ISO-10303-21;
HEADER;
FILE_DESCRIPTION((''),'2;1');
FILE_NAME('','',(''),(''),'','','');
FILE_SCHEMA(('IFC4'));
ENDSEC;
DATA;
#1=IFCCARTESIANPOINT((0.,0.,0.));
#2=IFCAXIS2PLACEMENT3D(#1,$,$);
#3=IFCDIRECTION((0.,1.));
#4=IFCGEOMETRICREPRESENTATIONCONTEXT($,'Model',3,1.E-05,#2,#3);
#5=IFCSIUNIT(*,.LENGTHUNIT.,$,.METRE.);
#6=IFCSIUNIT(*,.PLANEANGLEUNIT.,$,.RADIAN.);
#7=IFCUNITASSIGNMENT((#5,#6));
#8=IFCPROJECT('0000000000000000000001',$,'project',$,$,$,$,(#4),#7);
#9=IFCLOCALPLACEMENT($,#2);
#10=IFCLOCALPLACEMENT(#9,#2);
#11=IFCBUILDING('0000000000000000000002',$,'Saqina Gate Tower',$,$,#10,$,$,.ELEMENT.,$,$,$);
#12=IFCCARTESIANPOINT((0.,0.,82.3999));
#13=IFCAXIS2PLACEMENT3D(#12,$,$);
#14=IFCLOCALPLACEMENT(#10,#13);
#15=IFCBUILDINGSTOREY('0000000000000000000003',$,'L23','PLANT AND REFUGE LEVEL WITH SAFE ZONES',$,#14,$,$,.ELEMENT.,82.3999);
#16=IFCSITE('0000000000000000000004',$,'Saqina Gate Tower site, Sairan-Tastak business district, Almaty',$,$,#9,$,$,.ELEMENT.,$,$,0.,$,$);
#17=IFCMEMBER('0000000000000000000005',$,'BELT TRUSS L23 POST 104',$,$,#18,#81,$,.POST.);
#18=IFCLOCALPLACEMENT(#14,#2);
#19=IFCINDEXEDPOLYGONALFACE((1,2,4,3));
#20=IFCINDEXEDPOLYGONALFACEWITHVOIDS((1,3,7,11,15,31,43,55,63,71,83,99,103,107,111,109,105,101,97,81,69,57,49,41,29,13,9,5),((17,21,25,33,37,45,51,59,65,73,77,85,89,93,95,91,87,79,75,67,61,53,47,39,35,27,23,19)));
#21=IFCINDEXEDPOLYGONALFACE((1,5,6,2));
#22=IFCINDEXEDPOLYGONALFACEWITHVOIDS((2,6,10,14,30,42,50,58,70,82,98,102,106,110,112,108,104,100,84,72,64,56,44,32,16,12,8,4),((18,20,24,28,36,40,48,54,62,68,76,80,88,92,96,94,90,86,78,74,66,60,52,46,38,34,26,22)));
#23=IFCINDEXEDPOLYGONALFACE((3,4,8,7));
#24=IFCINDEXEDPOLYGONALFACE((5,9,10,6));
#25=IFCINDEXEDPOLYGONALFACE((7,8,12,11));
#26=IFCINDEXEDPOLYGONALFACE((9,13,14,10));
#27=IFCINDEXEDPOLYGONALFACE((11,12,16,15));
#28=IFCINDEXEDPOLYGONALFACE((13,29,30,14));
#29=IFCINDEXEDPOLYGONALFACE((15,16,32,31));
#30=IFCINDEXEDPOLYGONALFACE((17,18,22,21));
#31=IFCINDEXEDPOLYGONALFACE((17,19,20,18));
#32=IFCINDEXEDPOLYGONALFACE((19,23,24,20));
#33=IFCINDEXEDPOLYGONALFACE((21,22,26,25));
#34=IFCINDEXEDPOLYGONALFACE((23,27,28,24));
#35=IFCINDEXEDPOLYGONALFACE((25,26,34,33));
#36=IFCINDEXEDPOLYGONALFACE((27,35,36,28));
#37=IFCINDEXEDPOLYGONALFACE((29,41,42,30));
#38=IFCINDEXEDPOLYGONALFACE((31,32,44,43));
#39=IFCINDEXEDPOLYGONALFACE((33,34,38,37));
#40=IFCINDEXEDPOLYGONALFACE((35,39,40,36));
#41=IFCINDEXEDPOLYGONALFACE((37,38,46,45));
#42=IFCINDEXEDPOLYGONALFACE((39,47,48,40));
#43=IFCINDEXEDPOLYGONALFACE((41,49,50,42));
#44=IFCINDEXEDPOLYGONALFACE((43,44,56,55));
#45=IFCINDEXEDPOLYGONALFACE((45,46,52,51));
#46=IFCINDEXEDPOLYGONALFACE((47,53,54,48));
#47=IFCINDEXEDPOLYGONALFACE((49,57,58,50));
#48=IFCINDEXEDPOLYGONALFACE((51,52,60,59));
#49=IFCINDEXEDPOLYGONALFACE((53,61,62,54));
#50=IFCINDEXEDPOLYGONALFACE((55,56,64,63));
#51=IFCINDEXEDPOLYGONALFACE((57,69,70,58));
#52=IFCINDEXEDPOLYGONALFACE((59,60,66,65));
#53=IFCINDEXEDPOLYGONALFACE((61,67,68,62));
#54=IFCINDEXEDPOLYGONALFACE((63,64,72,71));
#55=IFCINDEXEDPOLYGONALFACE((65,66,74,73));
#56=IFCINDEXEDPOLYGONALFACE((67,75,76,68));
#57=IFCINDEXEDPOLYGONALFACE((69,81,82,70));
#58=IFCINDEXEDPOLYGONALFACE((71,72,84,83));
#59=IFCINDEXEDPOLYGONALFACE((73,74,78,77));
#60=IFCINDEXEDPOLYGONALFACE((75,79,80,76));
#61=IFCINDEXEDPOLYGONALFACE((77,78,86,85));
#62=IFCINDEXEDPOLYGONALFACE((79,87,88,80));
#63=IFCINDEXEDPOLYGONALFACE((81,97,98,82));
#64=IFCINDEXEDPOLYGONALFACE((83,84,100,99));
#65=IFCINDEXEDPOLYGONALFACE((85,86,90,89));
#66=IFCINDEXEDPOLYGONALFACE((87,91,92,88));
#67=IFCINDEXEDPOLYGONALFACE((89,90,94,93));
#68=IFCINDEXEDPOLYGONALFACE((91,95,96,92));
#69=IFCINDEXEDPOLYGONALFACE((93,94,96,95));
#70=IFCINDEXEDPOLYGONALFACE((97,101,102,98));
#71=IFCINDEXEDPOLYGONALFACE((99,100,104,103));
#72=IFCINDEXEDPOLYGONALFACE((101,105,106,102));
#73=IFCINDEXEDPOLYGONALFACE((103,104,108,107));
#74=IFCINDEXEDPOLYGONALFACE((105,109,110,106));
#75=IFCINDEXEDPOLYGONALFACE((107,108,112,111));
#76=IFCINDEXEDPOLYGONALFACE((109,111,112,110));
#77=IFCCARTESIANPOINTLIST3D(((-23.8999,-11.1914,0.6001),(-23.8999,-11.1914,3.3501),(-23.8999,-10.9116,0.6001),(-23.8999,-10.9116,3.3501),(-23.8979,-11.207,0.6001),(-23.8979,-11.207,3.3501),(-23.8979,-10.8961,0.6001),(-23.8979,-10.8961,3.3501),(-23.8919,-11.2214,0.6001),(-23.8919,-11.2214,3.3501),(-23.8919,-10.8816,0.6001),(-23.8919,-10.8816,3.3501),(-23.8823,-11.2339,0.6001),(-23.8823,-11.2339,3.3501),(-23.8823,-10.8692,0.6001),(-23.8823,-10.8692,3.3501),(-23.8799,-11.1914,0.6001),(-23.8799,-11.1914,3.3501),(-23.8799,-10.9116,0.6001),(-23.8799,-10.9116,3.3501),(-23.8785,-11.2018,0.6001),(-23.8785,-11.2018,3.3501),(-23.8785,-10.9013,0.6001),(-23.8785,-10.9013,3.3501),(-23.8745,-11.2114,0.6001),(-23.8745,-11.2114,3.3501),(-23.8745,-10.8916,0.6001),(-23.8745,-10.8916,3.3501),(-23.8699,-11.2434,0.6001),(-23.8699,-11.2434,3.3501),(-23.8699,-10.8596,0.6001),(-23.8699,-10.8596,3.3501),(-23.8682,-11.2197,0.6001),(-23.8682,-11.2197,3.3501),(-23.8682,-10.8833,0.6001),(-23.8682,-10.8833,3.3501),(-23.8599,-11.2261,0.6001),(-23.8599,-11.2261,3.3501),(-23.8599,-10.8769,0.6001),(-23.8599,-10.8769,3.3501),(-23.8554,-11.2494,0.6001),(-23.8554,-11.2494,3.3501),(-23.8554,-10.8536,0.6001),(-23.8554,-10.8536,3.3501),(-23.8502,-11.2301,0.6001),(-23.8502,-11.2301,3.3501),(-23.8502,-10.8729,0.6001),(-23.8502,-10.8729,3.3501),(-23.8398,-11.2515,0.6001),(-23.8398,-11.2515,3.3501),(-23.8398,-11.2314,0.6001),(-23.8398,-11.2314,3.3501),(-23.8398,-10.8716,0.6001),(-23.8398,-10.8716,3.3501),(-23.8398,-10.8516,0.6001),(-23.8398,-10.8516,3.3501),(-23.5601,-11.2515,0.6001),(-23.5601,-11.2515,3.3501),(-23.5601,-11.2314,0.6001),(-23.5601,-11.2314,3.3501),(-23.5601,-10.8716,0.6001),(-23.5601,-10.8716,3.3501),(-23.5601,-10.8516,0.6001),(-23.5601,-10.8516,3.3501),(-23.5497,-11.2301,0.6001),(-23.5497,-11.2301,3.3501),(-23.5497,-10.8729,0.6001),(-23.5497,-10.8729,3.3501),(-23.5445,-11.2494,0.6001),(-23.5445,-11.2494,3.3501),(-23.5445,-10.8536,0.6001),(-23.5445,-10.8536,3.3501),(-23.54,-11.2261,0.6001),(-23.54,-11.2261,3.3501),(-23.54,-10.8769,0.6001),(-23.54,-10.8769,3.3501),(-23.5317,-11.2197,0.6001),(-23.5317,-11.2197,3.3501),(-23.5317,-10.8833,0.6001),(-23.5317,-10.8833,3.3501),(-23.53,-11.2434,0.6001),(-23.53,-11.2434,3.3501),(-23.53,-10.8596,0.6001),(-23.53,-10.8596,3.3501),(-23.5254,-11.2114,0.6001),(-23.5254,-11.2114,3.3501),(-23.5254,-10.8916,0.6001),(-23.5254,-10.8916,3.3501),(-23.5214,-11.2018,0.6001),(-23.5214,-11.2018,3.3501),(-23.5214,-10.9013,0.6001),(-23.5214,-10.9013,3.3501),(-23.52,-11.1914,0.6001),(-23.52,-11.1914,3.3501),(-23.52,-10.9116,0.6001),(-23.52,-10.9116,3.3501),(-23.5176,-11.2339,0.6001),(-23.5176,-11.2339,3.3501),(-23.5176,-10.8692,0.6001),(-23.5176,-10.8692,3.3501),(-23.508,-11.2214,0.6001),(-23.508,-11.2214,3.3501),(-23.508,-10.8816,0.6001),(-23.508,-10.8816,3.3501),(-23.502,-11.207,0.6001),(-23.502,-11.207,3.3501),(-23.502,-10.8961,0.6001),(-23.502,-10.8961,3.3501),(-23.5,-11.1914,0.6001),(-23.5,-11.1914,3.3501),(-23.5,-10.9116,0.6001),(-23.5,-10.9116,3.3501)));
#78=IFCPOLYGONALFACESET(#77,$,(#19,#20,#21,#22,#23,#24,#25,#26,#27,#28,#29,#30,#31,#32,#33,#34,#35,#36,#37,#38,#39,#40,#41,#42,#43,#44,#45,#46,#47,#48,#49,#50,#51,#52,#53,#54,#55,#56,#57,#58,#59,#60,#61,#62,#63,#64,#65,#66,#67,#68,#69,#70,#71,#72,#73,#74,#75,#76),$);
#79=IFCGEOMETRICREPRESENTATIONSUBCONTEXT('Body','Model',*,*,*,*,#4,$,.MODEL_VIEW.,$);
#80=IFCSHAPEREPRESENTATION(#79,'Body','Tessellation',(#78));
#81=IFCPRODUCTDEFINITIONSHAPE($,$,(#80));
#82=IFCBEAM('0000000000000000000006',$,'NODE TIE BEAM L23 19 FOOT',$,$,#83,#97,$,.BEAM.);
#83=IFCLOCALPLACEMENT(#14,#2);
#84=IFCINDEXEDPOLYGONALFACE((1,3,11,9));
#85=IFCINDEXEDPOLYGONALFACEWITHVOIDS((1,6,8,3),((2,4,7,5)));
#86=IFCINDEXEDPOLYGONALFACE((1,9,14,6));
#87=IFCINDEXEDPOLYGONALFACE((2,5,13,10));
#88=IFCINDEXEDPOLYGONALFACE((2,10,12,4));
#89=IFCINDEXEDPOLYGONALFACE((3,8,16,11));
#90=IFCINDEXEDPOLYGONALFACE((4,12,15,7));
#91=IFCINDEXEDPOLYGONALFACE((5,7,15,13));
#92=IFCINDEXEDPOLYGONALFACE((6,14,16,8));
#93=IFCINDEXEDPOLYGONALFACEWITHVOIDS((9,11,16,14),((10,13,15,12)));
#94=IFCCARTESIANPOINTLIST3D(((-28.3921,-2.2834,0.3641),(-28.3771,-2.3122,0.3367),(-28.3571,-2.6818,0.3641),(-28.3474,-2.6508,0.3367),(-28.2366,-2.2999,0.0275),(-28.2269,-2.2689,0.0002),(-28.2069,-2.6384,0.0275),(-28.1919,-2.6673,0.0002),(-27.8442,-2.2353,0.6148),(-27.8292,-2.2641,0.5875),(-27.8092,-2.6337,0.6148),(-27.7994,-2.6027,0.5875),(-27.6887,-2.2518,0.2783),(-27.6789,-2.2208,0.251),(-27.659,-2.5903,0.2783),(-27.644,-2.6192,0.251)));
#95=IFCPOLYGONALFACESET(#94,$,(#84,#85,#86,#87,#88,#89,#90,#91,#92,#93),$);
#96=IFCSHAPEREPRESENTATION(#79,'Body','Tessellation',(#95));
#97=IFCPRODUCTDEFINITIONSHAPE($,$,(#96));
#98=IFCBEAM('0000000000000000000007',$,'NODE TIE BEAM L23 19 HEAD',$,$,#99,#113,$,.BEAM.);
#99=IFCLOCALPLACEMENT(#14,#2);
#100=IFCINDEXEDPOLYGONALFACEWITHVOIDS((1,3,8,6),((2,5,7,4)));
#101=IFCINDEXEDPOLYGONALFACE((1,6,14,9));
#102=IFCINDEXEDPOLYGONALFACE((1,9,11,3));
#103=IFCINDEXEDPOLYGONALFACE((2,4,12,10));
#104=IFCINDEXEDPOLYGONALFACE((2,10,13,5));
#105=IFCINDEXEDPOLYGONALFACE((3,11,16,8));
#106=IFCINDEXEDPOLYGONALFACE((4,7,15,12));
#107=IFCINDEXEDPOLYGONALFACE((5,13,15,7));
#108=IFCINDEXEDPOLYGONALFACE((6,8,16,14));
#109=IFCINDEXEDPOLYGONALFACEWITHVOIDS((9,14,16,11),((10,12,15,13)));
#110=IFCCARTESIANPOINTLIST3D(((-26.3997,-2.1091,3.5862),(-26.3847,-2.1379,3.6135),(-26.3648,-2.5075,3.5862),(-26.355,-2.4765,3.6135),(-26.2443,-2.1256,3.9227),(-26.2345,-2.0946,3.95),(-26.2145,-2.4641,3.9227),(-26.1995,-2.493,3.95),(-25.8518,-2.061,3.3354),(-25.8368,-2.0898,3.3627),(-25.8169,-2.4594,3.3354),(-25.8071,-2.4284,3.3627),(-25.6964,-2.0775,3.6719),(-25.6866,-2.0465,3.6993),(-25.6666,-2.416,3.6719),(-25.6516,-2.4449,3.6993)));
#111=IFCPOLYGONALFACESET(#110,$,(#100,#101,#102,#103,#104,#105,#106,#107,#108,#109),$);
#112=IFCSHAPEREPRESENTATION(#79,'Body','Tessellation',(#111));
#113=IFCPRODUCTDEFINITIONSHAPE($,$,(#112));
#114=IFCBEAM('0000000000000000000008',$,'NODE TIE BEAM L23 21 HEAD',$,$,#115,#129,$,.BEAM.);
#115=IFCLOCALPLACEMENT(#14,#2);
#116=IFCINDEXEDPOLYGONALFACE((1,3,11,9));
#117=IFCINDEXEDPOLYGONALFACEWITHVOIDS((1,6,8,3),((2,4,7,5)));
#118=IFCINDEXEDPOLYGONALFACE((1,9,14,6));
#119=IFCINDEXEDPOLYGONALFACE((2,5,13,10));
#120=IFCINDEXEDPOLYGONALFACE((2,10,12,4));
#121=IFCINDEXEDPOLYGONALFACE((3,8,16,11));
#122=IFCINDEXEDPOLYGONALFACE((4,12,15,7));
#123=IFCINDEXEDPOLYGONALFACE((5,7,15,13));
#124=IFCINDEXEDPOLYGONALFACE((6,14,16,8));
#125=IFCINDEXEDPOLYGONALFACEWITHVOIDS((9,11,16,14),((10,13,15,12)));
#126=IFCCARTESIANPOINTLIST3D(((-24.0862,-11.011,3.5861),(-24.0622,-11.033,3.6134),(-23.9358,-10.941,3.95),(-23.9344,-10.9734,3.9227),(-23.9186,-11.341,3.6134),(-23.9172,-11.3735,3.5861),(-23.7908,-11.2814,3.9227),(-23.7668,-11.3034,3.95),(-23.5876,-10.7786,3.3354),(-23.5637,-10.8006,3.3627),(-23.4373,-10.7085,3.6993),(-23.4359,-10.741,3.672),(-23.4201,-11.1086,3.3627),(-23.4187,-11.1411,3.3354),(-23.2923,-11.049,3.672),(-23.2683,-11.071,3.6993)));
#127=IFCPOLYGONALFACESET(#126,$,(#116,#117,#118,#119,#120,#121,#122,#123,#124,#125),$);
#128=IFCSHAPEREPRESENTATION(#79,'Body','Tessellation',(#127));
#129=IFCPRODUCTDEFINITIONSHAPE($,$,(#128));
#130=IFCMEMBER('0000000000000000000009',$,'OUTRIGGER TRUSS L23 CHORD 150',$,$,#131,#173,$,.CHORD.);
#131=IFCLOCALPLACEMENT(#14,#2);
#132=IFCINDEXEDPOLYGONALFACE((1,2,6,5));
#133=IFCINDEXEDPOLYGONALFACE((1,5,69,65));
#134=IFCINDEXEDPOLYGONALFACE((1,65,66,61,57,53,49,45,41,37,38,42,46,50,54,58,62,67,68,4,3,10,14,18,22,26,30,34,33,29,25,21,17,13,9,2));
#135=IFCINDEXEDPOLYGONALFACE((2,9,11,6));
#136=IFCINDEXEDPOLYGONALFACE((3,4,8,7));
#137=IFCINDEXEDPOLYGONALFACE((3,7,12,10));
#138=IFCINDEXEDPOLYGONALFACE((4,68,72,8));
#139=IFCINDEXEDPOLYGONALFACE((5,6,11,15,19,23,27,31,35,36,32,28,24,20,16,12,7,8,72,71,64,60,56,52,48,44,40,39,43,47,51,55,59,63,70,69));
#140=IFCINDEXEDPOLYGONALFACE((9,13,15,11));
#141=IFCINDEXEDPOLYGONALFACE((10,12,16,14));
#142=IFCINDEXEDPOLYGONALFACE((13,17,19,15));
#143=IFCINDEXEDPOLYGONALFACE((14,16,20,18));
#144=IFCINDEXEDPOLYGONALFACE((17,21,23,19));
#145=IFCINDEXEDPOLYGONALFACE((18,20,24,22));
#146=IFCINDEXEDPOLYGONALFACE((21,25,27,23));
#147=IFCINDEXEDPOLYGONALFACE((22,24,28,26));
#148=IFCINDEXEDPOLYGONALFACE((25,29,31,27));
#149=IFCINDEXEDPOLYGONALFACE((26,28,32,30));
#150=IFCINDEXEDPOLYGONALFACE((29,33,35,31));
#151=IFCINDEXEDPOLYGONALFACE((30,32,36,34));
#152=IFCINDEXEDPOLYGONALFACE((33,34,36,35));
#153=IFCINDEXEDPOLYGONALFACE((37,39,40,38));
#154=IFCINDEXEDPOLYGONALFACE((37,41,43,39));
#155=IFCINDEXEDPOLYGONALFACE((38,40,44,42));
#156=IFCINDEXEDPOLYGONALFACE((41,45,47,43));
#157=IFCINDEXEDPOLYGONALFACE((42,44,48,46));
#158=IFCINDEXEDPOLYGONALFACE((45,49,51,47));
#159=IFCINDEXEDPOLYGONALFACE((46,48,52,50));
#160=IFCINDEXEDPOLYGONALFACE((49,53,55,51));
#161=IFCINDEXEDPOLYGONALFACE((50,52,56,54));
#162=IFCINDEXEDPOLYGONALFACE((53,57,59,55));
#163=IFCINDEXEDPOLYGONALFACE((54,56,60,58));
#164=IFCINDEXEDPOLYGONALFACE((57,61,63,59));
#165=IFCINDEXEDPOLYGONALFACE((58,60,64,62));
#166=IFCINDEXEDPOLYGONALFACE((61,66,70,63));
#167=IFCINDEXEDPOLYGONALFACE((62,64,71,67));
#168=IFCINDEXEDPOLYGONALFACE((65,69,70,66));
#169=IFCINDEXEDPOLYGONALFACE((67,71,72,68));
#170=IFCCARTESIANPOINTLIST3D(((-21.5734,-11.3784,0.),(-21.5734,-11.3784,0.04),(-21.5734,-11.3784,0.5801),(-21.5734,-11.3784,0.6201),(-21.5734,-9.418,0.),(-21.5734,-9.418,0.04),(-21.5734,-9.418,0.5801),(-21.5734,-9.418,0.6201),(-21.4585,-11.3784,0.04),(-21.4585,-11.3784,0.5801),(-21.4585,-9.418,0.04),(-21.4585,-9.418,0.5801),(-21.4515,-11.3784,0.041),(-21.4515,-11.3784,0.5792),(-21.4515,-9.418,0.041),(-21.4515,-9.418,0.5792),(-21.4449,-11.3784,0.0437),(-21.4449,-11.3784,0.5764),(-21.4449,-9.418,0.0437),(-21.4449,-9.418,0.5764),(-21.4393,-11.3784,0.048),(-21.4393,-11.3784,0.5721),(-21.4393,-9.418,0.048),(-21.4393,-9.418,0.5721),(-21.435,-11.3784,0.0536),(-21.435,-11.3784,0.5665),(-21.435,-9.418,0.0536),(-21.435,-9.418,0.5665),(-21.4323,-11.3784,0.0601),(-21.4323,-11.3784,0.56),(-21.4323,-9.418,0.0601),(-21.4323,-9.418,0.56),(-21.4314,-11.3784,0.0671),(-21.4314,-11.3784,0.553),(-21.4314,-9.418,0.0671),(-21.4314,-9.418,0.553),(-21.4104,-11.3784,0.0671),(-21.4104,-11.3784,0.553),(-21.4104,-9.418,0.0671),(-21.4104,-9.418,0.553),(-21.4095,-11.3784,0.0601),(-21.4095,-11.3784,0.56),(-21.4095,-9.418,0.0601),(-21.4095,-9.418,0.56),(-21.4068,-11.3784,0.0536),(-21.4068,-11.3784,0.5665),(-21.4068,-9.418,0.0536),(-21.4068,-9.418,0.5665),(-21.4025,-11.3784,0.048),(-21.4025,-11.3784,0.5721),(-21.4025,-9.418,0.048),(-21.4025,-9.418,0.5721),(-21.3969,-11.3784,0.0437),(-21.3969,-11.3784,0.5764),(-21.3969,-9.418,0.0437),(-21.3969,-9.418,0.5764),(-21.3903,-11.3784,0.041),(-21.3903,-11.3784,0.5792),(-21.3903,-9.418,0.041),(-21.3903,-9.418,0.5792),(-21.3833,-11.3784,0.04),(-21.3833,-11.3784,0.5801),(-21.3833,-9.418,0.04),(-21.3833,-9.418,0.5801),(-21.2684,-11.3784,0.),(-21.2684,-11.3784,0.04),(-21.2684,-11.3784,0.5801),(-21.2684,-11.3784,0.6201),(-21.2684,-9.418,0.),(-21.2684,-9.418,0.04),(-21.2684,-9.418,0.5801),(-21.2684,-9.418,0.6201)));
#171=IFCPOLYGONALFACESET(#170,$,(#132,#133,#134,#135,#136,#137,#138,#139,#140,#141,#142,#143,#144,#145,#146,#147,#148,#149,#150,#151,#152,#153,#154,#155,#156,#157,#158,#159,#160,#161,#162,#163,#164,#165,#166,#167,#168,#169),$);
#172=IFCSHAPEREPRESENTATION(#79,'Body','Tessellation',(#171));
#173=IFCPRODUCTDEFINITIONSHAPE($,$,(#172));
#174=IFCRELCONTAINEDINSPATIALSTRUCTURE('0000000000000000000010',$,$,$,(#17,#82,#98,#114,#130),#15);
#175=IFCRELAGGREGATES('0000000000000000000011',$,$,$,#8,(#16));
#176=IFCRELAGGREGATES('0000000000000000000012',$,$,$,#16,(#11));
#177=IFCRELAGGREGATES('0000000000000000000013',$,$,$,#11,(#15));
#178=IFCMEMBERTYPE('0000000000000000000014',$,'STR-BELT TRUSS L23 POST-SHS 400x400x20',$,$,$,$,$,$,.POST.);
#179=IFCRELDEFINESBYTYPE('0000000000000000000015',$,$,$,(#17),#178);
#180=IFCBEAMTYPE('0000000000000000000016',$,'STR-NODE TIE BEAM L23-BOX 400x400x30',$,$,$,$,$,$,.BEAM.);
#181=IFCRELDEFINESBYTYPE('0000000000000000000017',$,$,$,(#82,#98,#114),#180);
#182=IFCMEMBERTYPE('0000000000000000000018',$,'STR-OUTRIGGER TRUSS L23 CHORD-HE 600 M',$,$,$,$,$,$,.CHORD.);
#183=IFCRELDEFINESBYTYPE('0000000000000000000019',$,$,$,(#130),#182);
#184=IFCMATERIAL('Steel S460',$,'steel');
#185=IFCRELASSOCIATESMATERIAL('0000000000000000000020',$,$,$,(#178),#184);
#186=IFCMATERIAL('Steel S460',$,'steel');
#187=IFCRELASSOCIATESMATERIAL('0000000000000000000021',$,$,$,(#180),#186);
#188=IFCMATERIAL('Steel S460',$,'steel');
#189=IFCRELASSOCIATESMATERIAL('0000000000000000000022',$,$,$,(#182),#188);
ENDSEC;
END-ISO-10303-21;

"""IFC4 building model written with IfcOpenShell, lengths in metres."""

from ifc_helpers import new_model, si_unit, direction, frame, origin, origin_2d, place, context, subcontext, project, spatial, hollow_rectangle, i_section, extrude, material, material_profile, profile_set, type_object, element, save


model = new_model("IFC4")

# Units and contexts
model_context = context("Model", 3, precision=1e-05, world=origin(), true_north=direction((0.0, 1.0)))
body_context = subcontext(model_context, "Body", "Model", "MODEL_VIEW")
ifc_project = project(units=[si_unit("LENGTHUNIT", "METRE"), si_unit("PLANEANGLEUNIT", "RADIAN")], contexts=[model_context])

# Site, building, storey
site_placement = place(None, origin())
site = spatial("IfcSite", under=ifc_project, at=site_placement, Name="Saqina Gate Tower site, Sairan-Tastak business district, Almaty", CompositionType="ELEMENT", RefElevation=0.0)
building_placement = place(site_placement, origin())
building = spatial("IfcBuilding", under=site, at=building_placement, Name="Saqina Gate Tower", CompositionType="ELEMENT")
storey_placement = place(building_placement, frame((0.0, 0.0, 82.3999)))
storey = spatial("IfcBuildingStorey", under=building, at=storey_placement, Name="L23", Description="PLANT AND REFUGE LEVEL WITH SAFE ZONES", CompositionType="ELEMENT", Elevation=82.3999)

# Member
ifc_material_1 = material(Name="Steel S460", Category="steel")
ifc_material_profile_1 = material_profile(ifc_material_1, hollow_rectangle(XDim=0.3999, YDim=0.3999, WallThickness=0.02, InnerFilletRadius=0.04, OuterFilletRadius=0.0601, at=origin_2d()), Name="SHS 400x400x20")
ifc_profile_set_1 = profile_set([ifc_material_profile_1], Name="Steel S460")
member_type_1 = type_object("IfcMemberType", Name="STR-BELT TRUSS L23 POST-SHS 400x400x20", PredefinedType="POST", material=ifc_profile_set_1)
for number, where, z_axis, x_axis, name in (
    (1, (-23.7, -11.0515, 0.6001), (0.0, 0.0, 1.0), (1.0, 0.0, 0.0), "BELT TRUSS L23 POST 104"),
):
    element("IfcMember", number, at=place(storey_placement, frame(where, z_axis=z_axis, x_axis=x_axis)), inside=storey, type_object=member_type_1, Name=name, PredefinedType="POST", context=body_context, shape_type="SweptSolid", body=[
        extrude(hollow_rectangle(XDim=0.3999, YDim=0.3999, WallThickness=0.02, InnerFilletRadius=0.04, OuterFilletRadius=0.0601, at=origin_2d()), origin(), (0.0, 0.0, 1.0), 2.75),
    ])

# Beams
ifc_material_2 = material(Name="Steel S460", Category="steel")
ifc_material_profile_2 = material_profile(ifc_material_2, hollow_rectangle(XDim=0.3999, YDim=0.3999, WallThickness=0.03, at=origin_2d()), Name="BOX 400x400x30")
ifc_profile_set_2 = profile_set([ifc_material_profile_2], Name="Steel S460")
beam_type_1 = type_object("IfcBeamType", Name="STR-NODE TIE BEAM L23-BOX 400x400x30", PredefinedType="BEAM", material=ifc_profile_set_2)
for number, where, z_axis, x_axis, name in (
    (2, (-28.292, -2.4753, 0.1821), (0.906412, 0.079574, 0.414833), (-0.087453, 0.996169, 0.0), "NODE TIE BEAM L23 19 FOOT"),
    (3, (-25.7517, -2.2529, 3.5173), (-0.906412, -0.079574, 0.414833), (0.087453, -0.996169, 0.0), "NODE TIE BEAM L23 19 HEAD"),
    (4, (-23.428, -10.9248, 3.5173), (-0.824702, -0.384484, 0.414774), (0.422545, -0.906342, 0.0), "NODE TIE BEAM L23 21 HEAD"),
):
    element("IfcBeam", number, at=place(storey_placement, frame(where, z_axis=z_axis, x_axis=x_axis)), inside=storey, type_object=beam_type_1, Name=name, PredefinedType="BEAM", context=body_context, shape_type="SweptSolid", body=[
        extrude(hollow_rectangle(XDim=0.3999, YDim=0.3999, WallThickness=0.03, at=origin_2d()), origin(), (0.0, 0.0, 1.0), 0.6045),
    ])

# Member
ifc_material_3 = material(Name="Steel S460", Category="steel")
ifc_material_profile_3 = material_profile(ifc_material_3, i_section(OverallWidth=0.3049, OverallDepth=0.6201, WebThickness=0.021, FlangeThickness=0.04, FilletRadius=0.0271, at=origin_2d()), Name="HE 600 M")
ifc_profile_set_3 = profile_set([ifc_material_profile_3], Name="Steel S460")
member_type_2 = type_object("IfcMemberType", Name="STR-OUTRIGGER TRUSS L23 CHORD-HE 600 M", PredefinedType="CHORD", material=ifc_profile_set_3)
for number, where, z_axis, x_axis, name in (
    (5, (-21.4209, -9.418, 0.3101), (0.0, -1.0, 0.0), (1.0, 0.0, 0.0), "OUTRIGGER TRUSS L23 CHORD 150"),
):
    element("IfcMember", number, at=place(storey_placement, frame(where, z_axis=z_axis, x_axis=x_axis)), inside=storey, type_object=member_type_2, Name=name, PredefinedType="CHORD", context=body_context, shape_type="SweptSolid", body=[
        extrude(i_section(OverallWidth=0.3049, OverallDepth=0.6201, WebThickness=0.021, FlangeThickness=0.04, FilletRadius=0.0271, at=origin_2d()), origin(), (0.0, 0.0, 1.0), 1.9604),
    ])

save(model, "model.ifc")
